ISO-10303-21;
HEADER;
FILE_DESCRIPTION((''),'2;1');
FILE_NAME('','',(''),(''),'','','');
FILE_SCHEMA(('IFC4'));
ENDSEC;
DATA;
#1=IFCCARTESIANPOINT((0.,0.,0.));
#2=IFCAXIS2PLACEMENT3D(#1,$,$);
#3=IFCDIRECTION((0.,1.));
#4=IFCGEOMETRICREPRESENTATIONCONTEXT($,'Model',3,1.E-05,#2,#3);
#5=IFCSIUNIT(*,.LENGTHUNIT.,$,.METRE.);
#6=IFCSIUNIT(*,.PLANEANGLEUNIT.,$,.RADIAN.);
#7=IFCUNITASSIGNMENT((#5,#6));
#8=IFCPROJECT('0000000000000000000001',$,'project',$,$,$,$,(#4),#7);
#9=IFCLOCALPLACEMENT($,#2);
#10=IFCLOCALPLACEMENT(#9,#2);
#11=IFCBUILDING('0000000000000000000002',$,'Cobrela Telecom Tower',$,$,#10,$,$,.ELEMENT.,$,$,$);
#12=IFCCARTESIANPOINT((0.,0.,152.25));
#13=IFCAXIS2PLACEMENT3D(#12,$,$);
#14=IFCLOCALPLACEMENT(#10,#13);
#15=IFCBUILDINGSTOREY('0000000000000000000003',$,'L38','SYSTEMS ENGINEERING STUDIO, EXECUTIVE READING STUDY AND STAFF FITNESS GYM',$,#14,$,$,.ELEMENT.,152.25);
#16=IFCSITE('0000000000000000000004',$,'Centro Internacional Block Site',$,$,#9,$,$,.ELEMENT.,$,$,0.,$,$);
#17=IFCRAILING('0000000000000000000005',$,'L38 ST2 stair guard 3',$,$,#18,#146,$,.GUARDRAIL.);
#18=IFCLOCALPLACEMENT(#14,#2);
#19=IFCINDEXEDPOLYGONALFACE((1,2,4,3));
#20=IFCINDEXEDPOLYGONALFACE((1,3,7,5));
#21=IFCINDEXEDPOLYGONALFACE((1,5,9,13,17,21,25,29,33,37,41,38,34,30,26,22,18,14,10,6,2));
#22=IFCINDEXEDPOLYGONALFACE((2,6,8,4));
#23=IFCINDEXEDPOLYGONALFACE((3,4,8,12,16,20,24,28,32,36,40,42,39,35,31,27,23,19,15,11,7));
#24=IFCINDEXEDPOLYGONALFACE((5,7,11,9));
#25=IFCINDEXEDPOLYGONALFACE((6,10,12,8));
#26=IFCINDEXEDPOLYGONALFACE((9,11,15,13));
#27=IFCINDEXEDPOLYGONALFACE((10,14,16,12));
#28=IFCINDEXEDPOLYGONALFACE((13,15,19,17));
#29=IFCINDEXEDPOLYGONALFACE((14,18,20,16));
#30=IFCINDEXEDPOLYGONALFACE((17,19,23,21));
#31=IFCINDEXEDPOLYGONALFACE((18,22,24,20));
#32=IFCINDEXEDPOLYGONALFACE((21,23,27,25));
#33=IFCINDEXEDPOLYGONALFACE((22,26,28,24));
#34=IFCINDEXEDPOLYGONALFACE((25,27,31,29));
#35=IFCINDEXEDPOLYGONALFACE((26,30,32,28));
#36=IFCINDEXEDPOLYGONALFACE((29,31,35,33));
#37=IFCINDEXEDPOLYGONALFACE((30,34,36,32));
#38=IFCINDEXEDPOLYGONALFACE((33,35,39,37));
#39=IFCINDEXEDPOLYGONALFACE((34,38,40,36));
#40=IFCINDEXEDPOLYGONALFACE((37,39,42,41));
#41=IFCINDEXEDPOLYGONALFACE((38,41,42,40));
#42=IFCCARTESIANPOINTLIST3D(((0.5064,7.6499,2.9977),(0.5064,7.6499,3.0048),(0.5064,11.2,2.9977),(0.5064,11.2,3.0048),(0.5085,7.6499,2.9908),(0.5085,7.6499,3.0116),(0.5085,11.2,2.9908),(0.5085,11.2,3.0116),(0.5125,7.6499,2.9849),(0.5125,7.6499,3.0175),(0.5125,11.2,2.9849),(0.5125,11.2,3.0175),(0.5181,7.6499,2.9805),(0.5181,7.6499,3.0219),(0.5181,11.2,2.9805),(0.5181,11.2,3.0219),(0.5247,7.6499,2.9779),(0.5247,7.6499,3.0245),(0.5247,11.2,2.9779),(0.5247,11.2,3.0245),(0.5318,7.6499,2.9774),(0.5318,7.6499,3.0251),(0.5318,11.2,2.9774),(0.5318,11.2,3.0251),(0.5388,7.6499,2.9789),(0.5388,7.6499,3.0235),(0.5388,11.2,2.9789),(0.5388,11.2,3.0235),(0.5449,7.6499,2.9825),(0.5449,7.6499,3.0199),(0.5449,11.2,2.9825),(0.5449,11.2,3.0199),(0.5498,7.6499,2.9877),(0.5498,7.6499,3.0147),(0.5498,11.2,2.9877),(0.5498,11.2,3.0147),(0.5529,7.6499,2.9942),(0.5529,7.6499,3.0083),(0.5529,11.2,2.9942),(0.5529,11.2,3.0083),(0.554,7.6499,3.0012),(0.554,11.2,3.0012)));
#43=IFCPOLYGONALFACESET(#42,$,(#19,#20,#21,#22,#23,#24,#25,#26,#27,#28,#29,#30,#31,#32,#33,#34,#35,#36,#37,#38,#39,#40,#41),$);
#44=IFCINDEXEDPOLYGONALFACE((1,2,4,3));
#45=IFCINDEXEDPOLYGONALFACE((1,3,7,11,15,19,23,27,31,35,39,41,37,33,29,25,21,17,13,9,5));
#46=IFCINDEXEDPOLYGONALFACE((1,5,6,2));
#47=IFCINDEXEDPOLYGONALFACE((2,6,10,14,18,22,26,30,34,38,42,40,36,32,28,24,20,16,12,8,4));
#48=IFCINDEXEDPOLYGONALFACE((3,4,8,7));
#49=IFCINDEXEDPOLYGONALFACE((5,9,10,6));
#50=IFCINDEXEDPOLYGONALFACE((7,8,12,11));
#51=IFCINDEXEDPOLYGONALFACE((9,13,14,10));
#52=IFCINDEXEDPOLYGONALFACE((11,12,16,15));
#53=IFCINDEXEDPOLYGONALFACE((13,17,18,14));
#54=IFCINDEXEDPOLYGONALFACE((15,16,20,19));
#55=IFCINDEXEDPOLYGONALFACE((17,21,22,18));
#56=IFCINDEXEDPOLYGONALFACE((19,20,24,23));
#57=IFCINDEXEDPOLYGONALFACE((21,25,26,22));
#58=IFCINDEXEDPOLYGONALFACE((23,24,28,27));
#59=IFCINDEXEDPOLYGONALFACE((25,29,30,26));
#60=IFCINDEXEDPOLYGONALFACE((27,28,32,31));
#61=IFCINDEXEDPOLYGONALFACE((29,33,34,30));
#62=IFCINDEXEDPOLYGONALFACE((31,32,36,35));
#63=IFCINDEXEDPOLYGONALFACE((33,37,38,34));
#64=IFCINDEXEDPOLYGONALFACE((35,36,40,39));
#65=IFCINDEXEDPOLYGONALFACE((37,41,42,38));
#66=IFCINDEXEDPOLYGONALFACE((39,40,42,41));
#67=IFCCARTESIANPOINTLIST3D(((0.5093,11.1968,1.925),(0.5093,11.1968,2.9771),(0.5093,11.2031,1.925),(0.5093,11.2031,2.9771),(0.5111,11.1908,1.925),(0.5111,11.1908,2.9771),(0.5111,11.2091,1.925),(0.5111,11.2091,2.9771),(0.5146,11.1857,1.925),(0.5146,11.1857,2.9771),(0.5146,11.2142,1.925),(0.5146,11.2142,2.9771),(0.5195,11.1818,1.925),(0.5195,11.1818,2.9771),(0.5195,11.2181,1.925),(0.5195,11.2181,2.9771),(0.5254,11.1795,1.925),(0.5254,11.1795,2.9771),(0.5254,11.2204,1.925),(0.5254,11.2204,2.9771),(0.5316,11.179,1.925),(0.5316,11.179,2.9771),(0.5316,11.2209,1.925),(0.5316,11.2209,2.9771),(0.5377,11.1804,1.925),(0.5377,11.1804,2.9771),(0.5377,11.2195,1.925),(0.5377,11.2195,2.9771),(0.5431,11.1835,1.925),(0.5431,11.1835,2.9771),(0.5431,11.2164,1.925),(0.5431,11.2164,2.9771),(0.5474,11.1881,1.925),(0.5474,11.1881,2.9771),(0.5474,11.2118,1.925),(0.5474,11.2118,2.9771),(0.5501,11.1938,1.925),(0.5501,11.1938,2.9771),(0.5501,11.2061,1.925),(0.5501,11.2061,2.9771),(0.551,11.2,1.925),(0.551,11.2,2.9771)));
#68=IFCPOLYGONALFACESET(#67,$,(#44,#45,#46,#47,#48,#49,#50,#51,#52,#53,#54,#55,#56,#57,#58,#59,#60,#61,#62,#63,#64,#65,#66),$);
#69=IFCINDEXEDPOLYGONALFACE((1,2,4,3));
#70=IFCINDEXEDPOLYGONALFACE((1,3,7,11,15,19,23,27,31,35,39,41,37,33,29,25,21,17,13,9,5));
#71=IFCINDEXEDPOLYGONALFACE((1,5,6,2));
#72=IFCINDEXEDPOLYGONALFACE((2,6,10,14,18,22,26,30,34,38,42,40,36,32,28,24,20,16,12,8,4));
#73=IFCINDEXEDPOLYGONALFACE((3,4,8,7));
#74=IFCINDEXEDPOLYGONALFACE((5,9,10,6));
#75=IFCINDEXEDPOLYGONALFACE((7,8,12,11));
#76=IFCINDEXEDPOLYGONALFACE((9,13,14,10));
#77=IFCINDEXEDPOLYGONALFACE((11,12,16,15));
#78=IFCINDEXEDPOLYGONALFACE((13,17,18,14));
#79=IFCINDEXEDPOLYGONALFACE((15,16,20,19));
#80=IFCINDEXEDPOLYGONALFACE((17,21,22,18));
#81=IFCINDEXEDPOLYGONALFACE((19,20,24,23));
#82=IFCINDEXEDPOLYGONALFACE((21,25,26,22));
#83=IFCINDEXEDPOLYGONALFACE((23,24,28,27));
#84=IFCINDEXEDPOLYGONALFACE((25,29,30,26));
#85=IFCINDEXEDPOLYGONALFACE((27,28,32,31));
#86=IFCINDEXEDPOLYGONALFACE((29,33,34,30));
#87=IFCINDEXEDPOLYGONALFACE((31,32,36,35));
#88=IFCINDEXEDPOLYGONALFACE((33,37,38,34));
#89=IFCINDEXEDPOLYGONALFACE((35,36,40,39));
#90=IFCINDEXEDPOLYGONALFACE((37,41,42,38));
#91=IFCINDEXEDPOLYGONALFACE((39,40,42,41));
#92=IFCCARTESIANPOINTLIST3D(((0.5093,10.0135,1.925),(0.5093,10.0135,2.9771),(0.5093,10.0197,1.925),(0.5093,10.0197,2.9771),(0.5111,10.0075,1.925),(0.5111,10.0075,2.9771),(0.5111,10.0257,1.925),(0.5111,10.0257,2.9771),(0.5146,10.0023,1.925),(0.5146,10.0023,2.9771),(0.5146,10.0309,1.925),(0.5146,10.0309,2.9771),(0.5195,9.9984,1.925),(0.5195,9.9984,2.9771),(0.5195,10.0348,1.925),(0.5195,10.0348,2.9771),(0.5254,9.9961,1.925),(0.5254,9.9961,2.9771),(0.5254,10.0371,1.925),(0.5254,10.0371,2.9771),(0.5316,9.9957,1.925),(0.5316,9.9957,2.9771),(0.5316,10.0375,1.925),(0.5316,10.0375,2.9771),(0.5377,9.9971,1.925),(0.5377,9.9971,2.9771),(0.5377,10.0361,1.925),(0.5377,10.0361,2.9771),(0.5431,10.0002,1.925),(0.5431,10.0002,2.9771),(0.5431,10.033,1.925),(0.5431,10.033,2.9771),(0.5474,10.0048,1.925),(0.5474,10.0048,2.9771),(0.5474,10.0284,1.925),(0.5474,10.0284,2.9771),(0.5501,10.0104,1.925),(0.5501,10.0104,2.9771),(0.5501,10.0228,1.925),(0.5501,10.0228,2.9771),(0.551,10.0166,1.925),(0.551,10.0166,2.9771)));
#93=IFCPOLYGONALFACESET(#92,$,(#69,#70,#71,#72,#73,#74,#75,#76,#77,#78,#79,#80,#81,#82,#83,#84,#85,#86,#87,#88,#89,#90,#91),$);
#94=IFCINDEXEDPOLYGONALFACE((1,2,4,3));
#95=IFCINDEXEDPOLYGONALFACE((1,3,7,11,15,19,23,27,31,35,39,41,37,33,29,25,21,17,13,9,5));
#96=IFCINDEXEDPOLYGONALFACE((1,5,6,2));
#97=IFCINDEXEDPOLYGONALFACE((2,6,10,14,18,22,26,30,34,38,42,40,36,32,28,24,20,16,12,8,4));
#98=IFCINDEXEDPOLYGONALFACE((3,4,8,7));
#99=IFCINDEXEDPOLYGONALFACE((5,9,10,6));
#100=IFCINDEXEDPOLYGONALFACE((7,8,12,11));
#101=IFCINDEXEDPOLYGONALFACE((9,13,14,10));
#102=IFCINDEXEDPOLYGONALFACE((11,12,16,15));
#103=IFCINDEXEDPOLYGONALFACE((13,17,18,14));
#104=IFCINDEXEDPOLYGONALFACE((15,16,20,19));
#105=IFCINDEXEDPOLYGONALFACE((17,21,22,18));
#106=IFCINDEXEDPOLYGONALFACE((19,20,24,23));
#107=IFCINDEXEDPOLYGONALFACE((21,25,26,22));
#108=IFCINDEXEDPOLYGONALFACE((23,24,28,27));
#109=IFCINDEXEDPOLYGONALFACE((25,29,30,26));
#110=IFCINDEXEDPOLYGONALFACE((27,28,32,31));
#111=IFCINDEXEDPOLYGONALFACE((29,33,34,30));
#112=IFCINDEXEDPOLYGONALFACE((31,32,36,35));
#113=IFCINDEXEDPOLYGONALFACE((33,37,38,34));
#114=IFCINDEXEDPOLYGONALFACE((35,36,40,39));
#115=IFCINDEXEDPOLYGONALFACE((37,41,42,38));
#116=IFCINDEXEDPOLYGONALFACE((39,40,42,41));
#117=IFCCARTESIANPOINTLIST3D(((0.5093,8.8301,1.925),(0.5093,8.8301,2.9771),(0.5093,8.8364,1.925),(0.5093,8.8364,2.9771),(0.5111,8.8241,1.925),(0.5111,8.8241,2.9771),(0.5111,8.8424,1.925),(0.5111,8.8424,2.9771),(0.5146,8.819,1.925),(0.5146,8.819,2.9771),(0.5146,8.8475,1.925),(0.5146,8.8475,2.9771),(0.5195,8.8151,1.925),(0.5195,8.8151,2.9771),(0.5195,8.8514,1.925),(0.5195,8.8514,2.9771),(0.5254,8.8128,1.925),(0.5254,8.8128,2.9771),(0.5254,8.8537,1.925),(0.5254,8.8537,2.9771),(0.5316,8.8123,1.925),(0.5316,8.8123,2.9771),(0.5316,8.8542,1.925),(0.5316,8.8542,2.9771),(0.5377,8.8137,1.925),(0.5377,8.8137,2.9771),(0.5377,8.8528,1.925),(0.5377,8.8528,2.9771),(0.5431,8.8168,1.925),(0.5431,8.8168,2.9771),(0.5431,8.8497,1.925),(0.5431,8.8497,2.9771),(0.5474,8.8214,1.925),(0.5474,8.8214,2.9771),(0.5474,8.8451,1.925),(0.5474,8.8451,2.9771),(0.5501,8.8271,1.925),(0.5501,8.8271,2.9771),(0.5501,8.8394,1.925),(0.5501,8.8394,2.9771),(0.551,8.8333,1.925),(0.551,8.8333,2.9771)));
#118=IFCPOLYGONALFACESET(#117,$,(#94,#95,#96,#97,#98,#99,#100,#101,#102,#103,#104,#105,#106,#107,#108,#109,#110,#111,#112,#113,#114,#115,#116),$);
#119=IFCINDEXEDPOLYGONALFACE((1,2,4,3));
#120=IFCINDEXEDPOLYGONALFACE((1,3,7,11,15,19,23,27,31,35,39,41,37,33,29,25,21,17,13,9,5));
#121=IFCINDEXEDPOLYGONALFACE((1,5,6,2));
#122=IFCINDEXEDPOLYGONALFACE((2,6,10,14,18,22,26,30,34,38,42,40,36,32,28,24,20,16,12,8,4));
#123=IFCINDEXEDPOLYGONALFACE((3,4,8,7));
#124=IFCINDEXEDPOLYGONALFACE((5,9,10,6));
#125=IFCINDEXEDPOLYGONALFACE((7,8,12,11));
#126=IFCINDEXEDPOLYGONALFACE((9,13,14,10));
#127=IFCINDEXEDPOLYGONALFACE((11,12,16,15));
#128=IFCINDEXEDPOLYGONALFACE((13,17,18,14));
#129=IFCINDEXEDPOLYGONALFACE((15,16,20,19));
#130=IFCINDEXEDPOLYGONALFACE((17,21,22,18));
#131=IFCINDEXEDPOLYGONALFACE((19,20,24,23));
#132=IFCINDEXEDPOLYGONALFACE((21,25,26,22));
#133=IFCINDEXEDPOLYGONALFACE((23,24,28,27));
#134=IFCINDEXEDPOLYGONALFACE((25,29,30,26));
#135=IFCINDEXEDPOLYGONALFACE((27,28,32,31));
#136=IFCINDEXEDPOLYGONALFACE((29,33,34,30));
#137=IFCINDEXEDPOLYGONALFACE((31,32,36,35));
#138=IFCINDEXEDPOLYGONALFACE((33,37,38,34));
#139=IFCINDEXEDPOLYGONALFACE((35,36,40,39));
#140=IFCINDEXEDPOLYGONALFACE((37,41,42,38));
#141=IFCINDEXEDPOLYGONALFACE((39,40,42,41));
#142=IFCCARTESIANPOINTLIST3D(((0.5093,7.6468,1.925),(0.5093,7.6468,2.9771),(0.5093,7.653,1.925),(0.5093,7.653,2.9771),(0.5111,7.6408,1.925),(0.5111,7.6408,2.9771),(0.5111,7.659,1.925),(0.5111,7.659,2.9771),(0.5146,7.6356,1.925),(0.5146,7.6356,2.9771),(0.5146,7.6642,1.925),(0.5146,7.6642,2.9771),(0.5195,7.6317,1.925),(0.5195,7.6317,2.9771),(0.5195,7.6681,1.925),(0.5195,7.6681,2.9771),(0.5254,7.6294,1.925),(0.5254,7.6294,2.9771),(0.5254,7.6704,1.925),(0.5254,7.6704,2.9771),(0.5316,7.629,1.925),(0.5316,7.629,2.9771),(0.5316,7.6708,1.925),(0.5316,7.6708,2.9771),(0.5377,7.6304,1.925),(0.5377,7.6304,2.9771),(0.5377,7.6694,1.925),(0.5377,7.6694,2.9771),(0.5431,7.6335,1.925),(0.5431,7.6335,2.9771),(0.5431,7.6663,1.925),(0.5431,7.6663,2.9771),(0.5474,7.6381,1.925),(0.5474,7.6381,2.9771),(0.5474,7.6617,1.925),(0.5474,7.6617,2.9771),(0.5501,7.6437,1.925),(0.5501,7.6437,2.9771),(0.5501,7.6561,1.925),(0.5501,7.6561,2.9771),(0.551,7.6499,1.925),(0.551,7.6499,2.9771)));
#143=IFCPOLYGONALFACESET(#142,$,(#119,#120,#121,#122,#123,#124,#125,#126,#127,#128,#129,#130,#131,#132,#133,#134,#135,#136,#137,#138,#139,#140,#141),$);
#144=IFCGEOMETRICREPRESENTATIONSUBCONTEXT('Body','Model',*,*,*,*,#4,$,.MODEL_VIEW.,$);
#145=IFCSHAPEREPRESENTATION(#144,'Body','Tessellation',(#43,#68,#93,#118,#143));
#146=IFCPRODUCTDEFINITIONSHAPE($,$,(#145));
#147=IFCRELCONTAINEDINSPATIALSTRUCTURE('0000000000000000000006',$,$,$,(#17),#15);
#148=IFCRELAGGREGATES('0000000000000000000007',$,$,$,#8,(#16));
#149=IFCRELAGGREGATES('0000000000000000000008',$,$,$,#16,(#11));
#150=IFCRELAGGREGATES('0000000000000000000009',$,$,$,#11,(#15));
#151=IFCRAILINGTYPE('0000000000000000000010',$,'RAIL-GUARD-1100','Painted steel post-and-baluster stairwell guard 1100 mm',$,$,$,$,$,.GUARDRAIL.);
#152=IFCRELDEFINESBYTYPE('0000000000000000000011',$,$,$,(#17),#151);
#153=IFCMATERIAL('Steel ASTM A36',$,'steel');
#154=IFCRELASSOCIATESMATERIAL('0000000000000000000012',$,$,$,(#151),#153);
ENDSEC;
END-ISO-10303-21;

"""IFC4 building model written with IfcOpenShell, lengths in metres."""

from ifc_helpers import new_model, si_unit, direction, frame, origin, origin_2d, place, context, subcontext, project, spatial, circle, extrude, material, type_object, element, save


model = new_model("IFC4")

# Units and contexts
model_context = context("Model", 3, precision=1e-05, world=origin(), true_north=direction((0.0, 1.0)))
body_context = subcontext(model_context, "Body", "Model", "MODEL_VIEW")
ifc_project = project(units=[si_unit("LENGTHUNIT", "METRE"), si_unit("PLANEANGLEUNIT", "RADIAN")], contexts=[model_context])

# Site, building, storey
site_placement = place(None, origin())
site = spatial("IfcSite", under=ifc_project, at=site_placement, Name="Centro Internacional Block Site", CompositionType="ELEMENT", RefElevation=0.0)
building_placement = place(site_placement, origin())
building = spatial("IfcBuilding", under=site, at=building_placement, Name="Cobrela Telecom Tower", CompositionType="ELEMENT")
storey_placement = place(building_placement, frame((0.0, 0.0, 152.25)))
storey = spatial("IfcBuildingStorey", under=building, at=storey_placement, Name="L38", Description="SYSTEMS ENGINEERING STUDIO, EXECUTIVE READING STUDY AND STAFF FITNESS GYM", CompositionType="ELEMENT", Elevation=152.25)

# Shared definitions
ifc_material_1 = material(Name="Steel ASTM A36", Category="steel")

# Railing
railing_type_1 = type_object("IfcRailingType", Name="RAIL-GUARD-1100", Description="Painted steel post-and-baluster stairwell guard 1100 mm", PredefinedType="GUARDRAIL", material=ifc_material_1)
railing_1_placement = place(storey_placement, frame((0.53, 11.2, 1.925)))
element("IfcRailing", 1, at=railing_1_placement, inside=storey, type_object=railing_type_1, Name="L38 ST2 stair guard 3", PredefinedType="GUARDRAIL", context=body_context, shape_type="SweptSolid", body=[
    extrude(circle(Radius=0.0239, at=origin_2d()), frame((0.0, 0.0, 1.0762), z_axis=(0.0, -1.0, 0.0), x_axis=(1.0, 0.0, 0.0)), (0.0, 0.0, 1.0), 3.55),
    extrude(circle(Radius=0.021, at=origin_2d()), origin(), (0.0, 0.0, 1.0), 1.052),
    extrude(circle(Radius=0.021, at=origin_2d()), frame((0.0, -1.1833, 0.0)), (0.0, 0.0, 1.0), 1.052),
    extrude(circle(Radius=0.021, at=origin_2d()), frame((0.0, -2.3667, 0.0)), (0.0, 0.0, 1.0), 1.052),
    extrude(circle(Radius=0.021, at=origin_2d()), frame((0.0, -3.55, 0.0)), (0.0, 0.0, 1.0), 1.052),
])

save(model, "model.ifc")
